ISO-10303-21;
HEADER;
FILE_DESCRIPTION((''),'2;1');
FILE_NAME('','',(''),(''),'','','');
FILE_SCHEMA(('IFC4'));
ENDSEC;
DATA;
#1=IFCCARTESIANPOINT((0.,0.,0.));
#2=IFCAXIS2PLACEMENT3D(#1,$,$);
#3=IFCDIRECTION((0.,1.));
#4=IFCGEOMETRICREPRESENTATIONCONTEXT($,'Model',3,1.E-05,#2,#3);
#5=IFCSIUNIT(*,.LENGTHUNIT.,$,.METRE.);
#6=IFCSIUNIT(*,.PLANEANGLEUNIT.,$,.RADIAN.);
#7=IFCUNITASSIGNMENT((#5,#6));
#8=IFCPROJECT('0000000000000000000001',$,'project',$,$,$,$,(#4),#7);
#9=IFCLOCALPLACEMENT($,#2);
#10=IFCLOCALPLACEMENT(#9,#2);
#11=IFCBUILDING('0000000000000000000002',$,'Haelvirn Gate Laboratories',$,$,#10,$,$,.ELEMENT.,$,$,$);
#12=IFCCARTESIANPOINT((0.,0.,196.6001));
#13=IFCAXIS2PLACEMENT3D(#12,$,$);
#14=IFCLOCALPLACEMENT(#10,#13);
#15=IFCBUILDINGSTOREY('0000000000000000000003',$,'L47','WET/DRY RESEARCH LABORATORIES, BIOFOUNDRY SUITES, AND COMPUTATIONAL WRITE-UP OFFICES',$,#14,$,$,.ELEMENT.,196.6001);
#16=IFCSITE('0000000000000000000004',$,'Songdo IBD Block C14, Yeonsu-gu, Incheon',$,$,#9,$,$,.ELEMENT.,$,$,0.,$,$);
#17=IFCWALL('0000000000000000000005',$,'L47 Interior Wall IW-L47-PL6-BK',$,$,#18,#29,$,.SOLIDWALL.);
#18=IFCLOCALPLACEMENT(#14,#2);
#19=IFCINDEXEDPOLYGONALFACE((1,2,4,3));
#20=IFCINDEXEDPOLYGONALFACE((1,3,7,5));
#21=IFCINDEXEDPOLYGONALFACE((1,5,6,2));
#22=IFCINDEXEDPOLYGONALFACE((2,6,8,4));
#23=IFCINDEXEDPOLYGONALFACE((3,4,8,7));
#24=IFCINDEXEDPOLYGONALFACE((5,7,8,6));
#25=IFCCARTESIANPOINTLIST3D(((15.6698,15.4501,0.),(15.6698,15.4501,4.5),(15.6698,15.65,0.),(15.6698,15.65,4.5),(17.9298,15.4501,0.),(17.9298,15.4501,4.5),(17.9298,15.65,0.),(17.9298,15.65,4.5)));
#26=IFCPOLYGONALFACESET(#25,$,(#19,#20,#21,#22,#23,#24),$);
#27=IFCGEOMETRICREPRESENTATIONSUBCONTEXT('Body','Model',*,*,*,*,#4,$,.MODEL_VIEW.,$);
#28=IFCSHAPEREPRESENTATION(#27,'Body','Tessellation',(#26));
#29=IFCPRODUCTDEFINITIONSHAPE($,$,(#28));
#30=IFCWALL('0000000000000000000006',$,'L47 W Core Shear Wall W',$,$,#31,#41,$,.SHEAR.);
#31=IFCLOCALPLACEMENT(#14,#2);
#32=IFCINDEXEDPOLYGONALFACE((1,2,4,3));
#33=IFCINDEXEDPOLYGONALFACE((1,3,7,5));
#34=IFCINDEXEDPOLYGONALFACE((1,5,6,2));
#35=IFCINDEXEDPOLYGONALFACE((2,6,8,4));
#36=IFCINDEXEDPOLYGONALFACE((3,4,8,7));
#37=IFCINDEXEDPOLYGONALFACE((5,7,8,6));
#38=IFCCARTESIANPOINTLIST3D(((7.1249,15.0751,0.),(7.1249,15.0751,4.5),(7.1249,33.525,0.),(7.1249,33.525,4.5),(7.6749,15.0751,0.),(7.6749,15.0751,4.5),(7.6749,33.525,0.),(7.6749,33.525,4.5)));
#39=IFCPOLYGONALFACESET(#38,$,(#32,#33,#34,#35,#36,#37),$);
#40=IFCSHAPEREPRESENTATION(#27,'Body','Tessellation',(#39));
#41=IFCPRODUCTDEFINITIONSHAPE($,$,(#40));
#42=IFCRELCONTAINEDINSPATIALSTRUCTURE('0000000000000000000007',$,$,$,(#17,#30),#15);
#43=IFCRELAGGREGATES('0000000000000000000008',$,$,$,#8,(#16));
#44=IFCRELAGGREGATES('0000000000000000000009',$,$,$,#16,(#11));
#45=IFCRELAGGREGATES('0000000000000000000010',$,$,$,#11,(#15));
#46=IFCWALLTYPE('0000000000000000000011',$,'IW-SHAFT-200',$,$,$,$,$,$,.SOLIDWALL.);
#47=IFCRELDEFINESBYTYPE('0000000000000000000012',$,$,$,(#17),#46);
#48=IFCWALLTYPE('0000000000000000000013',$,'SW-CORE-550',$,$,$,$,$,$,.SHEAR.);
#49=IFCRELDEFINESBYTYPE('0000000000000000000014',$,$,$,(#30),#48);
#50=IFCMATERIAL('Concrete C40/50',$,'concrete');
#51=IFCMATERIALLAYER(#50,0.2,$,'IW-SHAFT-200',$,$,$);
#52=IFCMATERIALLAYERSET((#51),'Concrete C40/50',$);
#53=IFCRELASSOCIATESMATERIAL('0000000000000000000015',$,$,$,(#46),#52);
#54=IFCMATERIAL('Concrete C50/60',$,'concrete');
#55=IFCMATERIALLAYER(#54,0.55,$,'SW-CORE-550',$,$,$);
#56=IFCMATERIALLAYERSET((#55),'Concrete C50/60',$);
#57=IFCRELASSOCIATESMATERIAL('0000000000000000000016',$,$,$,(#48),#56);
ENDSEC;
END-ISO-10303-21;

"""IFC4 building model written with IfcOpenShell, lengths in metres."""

from ifc_helpers import new_model, si_unit, direction, frame, frame_2d, origin, place, context, subcontext, project, spatial, rectangle, extrude, material, layer, layer_set, type_object, element, save


model = new_model("IFC4")

# Units and contexts
model_context = context("Model", 3, precision=1e-05, world=origin(), true_north=direction((0.0, 1.0)))
body_context = subcontext(model_context, "Body", "Model", "MODEL_VIEW")
ifc_project = project(units=[si_unit("LENGTHUNIT", "METRE"), si_unit("PLANEANGLEUNIT", "RADIAN")], contexts=[model_context])

# Site, building, storey
site_placement = place(None, origin())
site = spatial("IfcSite", under=ifc_project, at=site_placement, Name="Songdo IBD Block C14, Yeonsu-gu, Incheon", CompositionType="ELEMENT", RefElevation=0.0)
building_placement = place(site_placement, origin())
building = spatial("IfcBuilding", under=site, at=building_placement, Name="Haelvirn Gate Laboratories", CompositionType="ELEMENT")
storey_placement = place(building_placement, frame((0.0, 0.0, 196.6001)))
storey = spatial("IfcBuildingStorey", under=building, at=storey_placement, Name="L47", Description="WET/DRY RESEARCH LABORATORIES, BIOFOUNDRY SUITES, AND COMPUTATIONAL WRITE-UP OFFICES", CompositionType="ELEMENT", Elevation=196.6001)

# Shared definitions
ifc_material_1 = material(Name="Concrete C50/60", Category="concrete")

# Walls
ifc_material_2 = material(Name="Concrete C40/50", Category="concrete")
ifc_layer_1 = layer(ifc_material_2, 0.2, Name="IW-SHAFT-200")
ifc_layer_set_1 = layer_set([ifc_layer_1], Name="Concrete C40/50")
wall_type_1 = type_object("IfcWallType", Name="IW-SHAFT-200", PredefinedType="SOLIDWALL", material=ifc_layer_set_1)
wall_1_placement = place(storey_placement, frame((15.6699, 15.55, 0.0), z_axis=(0.0, 0.0, 1.0), x_axis=(1.0, 0.0, 0.0)))
element("IfcWall", 1, at=wall_1_placement, inside=storey, type_object=wall_type_1, Name="L47 Interior Wall IW-L47-PL6-BK", PredefinedType="SOLIDWALL", context=body_context, shape_type="SweptSolid", body=[
    extrude(rectangle(XDim=2.26, YDim=0.2, at=frame_2d((1.1299, 0.0))), origin(), (0.0, 0.0, 1.0), 4.5),
])
ifc_layer_2 = layer(ifc_material_1, 0.55, Name="SW-CORE-550")
ifc_layer_set_2 = layer_set([ifc_layer_2], Name="Concrete C50/60")
wall_type_2 = type_object("IfcWallType", Name="SW-CORE-550", PredefinedType="SHEAR", material=ifc_layer_set_2)
wall_2_placement = place(storey_placement, frame((7.3999, 15.075, 0.0), z_axis=(0.0, 0.0, 1.0), x_axis=(0.0, 1.0, 0.0)))
element("IfcWall", 2, at=wall_2_placement, inside=storey, type_object=wall_type_2, Name="L47 W Core Shear Wall W", PredefinedType="SHEAR", context=body_context, shape_type="SweptSolid", body=[
    extrude(rectangle(XDim=18.45, YDim=0.55, at=frame_2d((9.2251, 0.0))), origin(), (0.0, 0.0, 1.0), 4.5),
])

save(model, "model.ifc")
